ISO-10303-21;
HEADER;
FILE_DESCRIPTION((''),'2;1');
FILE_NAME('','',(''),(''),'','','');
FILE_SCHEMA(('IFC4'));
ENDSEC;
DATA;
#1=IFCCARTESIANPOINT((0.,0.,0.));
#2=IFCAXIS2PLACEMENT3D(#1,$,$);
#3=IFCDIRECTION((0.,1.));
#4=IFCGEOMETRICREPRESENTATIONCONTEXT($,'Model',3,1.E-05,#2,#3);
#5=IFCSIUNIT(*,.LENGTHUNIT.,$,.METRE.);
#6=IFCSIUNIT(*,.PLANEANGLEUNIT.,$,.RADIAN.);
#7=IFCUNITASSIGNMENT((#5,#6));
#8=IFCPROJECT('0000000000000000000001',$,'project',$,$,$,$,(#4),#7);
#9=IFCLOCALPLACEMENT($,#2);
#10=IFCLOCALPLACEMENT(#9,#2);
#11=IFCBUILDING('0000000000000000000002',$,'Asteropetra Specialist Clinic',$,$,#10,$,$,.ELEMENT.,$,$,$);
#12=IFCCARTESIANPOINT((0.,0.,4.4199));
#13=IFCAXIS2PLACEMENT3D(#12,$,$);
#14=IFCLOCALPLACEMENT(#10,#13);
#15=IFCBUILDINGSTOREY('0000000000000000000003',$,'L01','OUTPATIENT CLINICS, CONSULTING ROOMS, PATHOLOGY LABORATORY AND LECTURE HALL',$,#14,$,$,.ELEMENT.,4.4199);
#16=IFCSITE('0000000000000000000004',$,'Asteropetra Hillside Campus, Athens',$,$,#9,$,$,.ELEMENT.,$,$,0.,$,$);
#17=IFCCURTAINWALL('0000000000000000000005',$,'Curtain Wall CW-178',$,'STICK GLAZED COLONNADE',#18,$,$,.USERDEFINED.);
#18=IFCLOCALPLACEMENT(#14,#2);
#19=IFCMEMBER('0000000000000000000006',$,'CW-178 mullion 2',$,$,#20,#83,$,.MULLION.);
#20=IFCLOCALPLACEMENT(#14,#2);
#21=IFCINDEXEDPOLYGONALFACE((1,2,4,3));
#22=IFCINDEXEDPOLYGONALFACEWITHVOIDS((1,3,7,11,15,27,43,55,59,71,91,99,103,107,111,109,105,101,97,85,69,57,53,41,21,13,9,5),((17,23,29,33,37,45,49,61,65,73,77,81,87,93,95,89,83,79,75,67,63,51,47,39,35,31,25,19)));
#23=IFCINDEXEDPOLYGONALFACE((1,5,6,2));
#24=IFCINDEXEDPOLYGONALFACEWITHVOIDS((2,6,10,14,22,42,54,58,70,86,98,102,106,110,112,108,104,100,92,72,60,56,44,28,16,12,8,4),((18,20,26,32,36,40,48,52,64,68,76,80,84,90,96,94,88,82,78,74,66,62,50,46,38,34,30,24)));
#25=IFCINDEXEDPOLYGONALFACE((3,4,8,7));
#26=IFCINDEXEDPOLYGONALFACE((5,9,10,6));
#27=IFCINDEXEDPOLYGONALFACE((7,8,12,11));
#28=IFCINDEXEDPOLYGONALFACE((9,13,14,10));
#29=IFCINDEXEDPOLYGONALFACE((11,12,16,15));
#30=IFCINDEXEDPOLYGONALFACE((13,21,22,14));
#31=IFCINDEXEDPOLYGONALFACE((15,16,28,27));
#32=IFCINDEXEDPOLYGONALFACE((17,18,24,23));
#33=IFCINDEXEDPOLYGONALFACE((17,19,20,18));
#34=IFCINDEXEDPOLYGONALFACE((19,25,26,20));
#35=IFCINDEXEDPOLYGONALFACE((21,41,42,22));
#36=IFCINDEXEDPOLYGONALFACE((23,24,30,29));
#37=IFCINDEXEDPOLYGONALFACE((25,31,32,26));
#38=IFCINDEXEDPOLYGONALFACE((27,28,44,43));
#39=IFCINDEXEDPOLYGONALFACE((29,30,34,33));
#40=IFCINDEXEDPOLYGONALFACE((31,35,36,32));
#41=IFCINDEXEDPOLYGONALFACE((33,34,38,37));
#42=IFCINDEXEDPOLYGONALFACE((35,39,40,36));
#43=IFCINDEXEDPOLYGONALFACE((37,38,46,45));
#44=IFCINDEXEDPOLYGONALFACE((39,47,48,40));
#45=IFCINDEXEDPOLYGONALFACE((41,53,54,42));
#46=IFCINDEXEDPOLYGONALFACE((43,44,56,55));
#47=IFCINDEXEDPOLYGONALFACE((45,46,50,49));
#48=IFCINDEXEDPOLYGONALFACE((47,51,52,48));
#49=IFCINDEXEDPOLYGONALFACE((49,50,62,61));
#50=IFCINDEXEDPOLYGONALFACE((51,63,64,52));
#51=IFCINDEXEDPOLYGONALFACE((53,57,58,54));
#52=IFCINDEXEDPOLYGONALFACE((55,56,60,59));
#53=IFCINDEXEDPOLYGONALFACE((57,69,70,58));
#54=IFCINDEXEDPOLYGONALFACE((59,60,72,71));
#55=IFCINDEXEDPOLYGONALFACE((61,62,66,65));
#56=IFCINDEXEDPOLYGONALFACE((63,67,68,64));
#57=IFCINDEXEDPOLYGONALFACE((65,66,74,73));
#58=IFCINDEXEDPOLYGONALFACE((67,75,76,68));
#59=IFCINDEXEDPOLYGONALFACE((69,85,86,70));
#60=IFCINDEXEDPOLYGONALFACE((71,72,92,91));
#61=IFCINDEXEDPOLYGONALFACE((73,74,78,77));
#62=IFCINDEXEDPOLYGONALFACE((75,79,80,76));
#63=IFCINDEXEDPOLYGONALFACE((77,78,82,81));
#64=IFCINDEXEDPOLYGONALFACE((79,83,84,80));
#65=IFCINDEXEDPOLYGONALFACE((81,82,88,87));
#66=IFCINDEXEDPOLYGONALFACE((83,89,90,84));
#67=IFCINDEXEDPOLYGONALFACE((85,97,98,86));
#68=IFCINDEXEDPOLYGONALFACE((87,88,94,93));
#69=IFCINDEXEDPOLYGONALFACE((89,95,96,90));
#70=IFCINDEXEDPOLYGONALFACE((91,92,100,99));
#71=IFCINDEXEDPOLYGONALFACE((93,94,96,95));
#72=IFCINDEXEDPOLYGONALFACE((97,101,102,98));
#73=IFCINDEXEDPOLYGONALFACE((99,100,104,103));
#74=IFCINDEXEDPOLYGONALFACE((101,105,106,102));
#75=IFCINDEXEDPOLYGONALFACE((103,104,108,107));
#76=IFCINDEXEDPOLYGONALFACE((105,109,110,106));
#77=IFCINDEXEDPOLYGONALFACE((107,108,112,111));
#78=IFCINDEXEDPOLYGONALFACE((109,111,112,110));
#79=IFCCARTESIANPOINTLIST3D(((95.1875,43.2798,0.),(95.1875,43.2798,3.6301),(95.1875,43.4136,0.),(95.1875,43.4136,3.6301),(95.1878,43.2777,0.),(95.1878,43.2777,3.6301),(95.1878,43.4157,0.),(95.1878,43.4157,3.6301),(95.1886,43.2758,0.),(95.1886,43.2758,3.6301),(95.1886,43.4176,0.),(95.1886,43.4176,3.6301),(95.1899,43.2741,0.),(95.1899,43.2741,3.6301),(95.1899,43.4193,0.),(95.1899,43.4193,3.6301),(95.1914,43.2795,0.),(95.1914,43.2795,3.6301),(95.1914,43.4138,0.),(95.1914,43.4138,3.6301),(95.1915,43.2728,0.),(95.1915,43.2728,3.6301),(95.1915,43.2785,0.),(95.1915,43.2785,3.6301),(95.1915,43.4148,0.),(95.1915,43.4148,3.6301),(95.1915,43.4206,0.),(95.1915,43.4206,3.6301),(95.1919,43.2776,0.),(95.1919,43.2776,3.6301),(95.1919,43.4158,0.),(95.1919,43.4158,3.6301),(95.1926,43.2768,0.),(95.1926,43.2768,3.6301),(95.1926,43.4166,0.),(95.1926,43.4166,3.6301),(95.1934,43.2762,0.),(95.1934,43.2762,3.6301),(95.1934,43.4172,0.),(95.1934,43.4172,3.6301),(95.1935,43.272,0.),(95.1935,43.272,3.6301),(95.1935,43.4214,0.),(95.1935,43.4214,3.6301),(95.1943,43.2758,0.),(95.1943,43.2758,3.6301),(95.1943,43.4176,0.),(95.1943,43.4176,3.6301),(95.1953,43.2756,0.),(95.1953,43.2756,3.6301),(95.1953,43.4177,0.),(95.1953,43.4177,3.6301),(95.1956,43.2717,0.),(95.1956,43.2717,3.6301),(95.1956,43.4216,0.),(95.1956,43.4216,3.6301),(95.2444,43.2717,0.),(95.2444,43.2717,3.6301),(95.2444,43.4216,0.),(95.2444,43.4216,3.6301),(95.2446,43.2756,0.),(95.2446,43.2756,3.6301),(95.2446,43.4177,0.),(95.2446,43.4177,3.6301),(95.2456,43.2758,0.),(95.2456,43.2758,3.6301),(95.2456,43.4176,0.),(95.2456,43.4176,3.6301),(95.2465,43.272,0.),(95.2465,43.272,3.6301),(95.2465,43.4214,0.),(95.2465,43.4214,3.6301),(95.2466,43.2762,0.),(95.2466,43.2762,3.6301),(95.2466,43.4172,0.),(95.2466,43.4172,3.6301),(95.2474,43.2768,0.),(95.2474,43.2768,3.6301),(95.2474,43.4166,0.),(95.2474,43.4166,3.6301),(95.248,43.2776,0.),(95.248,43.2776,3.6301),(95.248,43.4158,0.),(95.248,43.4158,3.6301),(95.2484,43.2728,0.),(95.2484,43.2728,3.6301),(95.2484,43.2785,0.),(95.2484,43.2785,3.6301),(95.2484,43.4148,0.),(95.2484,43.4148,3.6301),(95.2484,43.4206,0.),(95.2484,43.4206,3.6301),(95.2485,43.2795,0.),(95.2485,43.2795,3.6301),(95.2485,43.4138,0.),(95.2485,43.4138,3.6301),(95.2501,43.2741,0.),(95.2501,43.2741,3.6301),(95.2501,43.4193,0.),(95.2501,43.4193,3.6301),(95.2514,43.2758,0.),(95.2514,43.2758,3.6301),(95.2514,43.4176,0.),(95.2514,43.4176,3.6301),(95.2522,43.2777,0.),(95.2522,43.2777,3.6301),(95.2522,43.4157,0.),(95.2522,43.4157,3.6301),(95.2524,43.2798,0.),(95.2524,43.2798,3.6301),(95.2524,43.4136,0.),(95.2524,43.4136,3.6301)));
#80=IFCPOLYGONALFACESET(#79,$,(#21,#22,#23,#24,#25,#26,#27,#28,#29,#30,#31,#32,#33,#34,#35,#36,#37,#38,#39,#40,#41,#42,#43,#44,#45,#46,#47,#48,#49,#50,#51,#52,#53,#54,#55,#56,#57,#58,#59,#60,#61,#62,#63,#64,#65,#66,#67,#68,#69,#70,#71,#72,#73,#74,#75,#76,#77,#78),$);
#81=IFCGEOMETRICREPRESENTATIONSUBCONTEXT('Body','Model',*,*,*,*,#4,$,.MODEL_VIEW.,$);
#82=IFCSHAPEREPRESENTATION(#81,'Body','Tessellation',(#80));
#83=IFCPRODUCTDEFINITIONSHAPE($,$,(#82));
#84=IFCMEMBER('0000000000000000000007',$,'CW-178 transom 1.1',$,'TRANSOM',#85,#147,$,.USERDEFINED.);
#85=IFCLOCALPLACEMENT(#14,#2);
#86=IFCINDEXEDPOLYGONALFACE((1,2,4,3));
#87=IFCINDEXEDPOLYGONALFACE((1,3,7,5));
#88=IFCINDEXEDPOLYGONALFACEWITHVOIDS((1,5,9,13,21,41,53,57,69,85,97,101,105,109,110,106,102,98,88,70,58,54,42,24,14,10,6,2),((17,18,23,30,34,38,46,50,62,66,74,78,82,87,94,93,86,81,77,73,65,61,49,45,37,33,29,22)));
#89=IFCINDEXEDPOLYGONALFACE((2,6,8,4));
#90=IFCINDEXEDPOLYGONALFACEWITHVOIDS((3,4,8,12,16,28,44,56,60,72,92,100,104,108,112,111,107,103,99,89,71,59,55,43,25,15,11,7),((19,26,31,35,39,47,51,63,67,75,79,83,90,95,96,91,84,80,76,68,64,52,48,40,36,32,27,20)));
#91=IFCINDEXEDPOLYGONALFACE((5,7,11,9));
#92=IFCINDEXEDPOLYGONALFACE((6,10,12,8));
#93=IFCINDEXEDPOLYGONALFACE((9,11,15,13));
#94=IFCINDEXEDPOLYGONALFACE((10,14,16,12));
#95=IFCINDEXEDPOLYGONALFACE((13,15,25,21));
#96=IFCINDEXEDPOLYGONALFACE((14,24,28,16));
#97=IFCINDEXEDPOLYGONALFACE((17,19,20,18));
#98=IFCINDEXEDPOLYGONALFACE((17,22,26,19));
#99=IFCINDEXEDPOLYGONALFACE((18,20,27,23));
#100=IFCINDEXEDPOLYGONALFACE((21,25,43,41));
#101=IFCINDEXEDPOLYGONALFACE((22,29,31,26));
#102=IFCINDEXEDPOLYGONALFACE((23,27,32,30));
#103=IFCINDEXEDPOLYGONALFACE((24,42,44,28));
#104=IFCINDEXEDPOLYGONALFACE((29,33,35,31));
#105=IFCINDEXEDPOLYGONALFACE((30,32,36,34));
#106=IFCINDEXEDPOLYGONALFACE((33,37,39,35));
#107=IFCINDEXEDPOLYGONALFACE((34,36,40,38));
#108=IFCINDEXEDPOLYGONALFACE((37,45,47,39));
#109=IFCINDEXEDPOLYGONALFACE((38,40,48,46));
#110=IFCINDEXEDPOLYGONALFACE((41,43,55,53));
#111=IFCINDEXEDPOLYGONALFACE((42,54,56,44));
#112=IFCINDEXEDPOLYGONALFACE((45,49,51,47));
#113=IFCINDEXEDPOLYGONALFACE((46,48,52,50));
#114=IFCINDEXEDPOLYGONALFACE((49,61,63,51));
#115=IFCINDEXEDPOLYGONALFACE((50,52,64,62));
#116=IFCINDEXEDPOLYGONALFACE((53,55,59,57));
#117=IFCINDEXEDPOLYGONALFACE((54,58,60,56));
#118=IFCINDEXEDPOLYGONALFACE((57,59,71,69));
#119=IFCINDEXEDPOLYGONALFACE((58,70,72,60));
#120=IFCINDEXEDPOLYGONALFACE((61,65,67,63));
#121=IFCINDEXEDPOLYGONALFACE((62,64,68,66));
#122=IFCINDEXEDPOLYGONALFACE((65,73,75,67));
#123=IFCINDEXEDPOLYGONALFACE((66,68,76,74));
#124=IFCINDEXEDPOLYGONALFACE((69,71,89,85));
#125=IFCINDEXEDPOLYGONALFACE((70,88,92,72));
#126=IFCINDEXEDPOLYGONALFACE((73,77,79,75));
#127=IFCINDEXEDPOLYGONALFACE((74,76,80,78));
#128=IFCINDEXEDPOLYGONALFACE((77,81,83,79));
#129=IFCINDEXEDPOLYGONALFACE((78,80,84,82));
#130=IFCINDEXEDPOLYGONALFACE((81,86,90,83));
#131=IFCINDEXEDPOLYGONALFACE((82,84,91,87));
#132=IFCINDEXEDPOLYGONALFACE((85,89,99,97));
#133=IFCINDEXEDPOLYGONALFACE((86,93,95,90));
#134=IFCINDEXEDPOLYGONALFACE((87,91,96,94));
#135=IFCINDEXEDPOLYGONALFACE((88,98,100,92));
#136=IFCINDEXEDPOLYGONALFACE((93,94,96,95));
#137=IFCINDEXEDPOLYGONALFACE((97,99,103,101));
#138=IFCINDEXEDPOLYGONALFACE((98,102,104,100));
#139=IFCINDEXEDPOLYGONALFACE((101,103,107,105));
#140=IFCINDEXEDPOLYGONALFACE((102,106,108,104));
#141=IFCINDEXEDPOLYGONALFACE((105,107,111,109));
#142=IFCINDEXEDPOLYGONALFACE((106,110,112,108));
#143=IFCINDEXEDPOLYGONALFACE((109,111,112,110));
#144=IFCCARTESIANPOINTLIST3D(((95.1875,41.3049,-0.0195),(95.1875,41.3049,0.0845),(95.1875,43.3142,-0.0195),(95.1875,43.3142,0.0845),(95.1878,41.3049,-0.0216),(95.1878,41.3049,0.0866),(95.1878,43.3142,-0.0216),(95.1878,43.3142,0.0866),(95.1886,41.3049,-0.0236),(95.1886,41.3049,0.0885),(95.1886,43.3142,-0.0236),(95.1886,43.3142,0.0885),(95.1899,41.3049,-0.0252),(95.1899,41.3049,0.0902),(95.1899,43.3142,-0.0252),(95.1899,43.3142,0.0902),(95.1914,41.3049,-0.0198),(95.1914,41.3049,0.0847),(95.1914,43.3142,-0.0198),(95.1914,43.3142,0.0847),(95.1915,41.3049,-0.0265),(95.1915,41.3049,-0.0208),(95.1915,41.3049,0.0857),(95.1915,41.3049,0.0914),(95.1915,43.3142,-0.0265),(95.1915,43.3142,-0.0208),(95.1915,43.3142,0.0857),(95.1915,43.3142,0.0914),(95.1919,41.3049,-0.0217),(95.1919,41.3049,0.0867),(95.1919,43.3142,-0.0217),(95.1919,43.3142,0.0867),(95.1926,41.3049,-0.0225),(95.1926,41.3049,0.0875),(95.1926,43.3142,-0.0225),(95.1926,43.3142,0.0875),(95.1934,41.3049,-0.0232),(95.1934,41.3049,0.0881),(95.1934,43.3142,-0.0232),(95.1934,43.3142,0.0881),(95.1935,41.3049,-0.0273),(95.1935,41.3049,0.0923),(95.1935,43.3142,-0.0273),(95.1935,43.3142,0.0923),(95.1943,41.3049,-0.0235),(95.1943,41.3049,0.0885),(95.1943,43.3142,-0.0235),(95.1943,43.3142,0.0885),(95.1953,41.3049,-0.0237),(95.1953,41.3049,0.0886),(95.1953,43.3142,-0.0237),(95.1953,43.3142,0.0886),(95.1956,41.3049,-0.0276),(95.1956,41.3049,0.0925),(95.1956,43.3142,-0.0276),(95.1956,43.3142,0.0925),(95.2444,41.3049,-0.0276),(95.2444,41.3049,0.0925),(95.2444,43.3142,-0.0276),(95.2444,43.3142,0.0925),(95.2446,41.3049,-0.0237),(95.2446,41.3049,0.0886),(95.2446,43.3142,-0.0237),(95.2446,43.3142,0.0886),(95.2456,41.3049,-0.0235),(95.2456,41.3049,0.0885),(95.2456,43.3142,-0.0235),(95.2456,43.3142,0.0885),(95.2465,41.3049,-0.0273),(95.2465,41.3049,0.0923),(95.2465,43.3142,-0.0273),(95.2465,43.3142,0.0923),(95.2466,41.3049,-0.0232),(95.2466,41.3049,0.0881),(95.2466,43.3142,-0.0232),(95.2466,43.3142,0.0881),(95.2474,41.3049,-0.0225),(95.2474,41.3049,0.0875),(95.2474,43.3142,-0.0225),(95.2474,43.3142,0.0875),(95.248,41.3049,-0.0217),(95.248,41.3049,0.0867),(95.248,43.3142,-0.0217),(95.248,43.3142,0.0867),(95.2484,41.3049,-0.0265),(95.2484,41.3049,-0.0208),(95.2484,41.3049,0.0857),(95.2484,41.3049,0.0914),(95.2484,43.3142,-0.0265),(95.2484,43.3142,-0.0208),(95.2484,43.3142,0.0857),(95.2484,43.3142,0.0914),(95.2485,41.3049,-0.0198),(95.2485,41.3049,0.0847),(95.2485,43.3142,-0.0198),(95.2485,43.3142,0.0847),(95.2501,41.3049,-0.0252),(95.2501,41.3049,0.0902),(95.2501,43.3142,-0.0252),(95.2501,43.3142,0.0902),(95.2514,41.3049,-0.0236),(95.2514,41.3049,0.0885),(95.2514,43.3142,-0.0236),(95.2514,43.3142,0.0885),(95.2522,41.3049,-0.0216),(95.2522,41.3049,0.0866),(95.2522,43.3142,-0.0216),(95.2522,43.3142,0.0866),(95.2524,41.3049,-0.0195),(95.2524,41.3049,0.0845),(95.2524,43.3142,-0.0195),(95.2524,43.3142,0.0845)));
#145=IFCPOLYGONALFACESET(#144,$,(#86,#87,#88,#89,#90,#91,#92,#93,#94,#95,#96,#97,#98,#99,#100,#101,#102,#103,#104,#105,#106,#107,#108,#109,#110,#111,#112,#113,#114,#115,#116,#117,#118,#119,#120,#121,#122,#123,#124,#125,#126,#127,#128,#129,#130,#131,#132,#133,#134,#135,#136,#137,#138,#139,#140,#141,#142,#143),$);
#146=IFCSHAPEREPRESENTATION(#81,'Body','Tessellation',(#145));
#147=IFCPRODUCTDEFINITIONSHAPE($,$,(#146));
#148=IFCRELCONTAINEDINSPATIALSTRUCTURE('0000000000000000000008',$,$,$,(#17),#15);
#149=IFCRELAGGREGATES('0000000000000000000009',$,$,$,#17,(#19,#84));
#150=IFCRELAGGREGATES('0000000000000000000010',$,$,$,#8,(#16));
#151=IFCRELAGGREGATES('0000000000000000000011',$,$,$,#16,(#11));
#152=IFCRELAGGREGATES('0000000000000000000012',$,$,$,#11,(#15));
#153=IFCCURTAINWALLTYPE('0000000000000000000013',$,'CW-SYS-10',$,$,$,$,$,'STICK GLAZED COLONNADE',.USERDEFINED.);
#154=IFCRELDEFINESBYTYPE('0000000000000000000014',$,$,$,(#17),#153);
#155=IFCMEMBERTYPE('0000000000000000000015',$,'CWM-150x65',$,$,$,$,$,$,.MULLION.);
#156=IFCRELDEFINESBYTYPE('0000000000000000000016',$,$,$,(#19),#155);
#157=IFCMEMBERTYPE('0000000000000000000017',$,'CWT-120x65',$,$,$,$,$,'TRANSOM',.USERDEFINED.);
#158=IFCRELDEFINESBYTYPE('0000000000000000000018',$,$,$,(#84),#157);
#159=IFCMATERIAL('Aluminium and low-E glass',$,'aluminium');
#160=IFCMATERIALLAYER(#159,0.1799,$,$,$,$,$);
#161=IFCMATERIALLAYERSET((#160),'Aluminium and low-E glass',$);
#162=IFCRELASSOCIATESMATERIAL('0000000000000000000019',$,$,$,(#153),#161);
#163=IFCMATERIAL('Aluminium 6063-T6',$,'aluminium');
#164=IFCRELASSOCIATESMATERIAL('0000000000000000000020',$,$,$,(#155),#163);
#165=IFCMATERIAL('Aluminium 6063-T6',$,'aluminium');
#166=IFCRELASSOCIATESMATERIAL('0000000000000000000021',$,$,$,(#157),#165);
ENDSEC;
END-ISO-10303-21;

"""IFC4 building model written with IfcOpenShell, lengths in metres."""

from ifc_helpers import new_model, si_unit, direction, frame, origin, origin_2d, place, context, subcontext, project, spatial, hollow_rectangle, extrude, material, layer, layer_set, material_profile, profile_set, type_object, element, aggregate, save


model = new_model("IFC4")

# Units and contexts
model_context = context("Model", 3, precision=1e-05, world=origin(), true_north=direction((0.0, 1.0)))
body_context = subcontext(model_context, "Body", "Model", "MODEL_VIEW")
ifc_project = project(units=[si_unit("LENGTHUNIT", "METRE"), si_unit("PLANEANGLEUNIT", "RADIAN")], contexts=[model_context])

# Site, building, storey
site_placement = place(None, origin())
site = spatial("IfcSite", under=ifc_project, at=site_placement, Name="Asteropetra Hillside Campus, Athens", CompositionType="ELEMENT", RefElevation=0.0)
building_placement = place(site_placement, origin())
building = spatial("IfcBuilding", under=site, at=building_placement, Name="Asteropetra Specialist Clinic", CompositionType="ELEMENT")
storey_placement = place(building_placement, frame((0.0, 0.0, 4.4199)))
storey = spatial("IfcBuildingStorey", under=building, at=storey_placement, Name="L01", Description="OUTPATIENT CLINICS, CONSULTING ROOMS, PATHOLOGY LABORATORY AND LECTURE HALL", CompositionType="ELEMENT", Elevation=4.4199)

# Curtain wall, members
ifc_material_1 = material(Name="Aluminium and low-E glass", Category="aluminium")
ifc_layer_1 = layer(ifc_material_1, 0.1799)
ifc_layer_set_1 = layer_set([ifc_layer_1], Name="Aluminium and low-E glass")
curtain_wall_type_1 = type_object("IfcCurtainWallType", Name="CW-SYS-10", ElementType="STICK GLAZED COLONNADE", PredefinedType="USERDEFINED", material=ifc_layer_set_1)
curtain_wall_1_placement = place(storey_placement, origin())
curtain_wall_1 = element("IfcCurtainWall", 1, at=curtain_wall_1_placement, inside=storey, type_object=curtain_wall_type_1, Name="Curtain Wall CW-178", ObjectType="STICK GLAZED COLONNADE", PredefinedType="USERDEFINED")
ifc_material_2 = material(Name="Aluminium 6063-T6", Category="aluminium")
ifc_material_profile_1 = material_profile(ifc_material_2, hollow_rectangle(XDim=0.0649, YDim=0.1499, WallThickness=0.0039, InnerFilletRadius=0.0039, OuterFilletRadius=0.0081, at=origin_2d()), Name="MUL 150x65x4.0")
ifc_profile_set_1 = profile_set([ifc_material_profile_1], Name="Aluminium 6063-T6")
member_type_1 = type_object("IfcMemberType", Name="CWM-150x65", PredefinedType="MULLION", material=ifc_profile_set_1)
member_1_placement = place(storey_placement, frame((95.22, 43.3467, 0.0), z_axis=(0.0, 0.0, 1.0), x_axis=(-1.0, 0.0, 0.0)))
member_1 = element("IfcMember", 2, at=member_1_placement, type_object=member_type_1, Name="CW-178 mullion 2", PredefinedType="MULLION", context=body_context, shape_type="SweptSolid", body=[
    extrude(hollow_rectangle(XDim=0.0649, YDim=0.1499, WallThickness=0.0039, InnerFilletRadius=0.0039, OuterFilletRadius=0.0081, at=origin_2d()), origin(), (0.0, 0.0, 1.0), 3.6301),
])
ifc_material_3 = material(Name="Aluminium 6063-T6", Category="aluminium")
ifc_material_profile_2 = material_profile(ifc_material_3, hollow_rectangle(XDim=0.0649, YDim=0.1201, WallThickness=0.0039, InnerFilletRadius=0.0039, OuterFilletRadius=0.0081, at=origin_2d()), Name="TRN 120x65x4.0")
ifc_profile_set_2 = profile_set([ifc_material_profile_2], Name="Aluminium 6063-T6")
member_type_2 = type_object("IfcMemberType", Name="CWT-120x65", ElementType="TRANSOM", PredefinedType="USERDEFINED", material=ifc_profile_set_2)
member_2_placement = place(storey_placement, frame((95.22, 41.3049, 0.0325), z_axis=(0.0, 1.0, 0.0), x_axis=(-1.0, 0.0, 0.0)))
member_2 = element("IfcMember", 3, at=member_2_placement, type_object=member_type_2, Name="CW-178 transom 1.1", ObjectType="TRANSOM", PredefinedType="USERDEFINED", context=body_context, shape_type="SweptSolid", body=[
    extrude(hollow_rectangle(XDim=0.0649, YDim=0.1201, WallThickness=0.0039, InnerFilletRadius=0.0039, OuterFilletRadius=0.0081, at=origin_2d()), origin(), (0.0, 0.0, 1.0), 2.0093),
])

aggregate(curtain_wall_1, [member_1, member_2])

save(model, "model.ifc")
